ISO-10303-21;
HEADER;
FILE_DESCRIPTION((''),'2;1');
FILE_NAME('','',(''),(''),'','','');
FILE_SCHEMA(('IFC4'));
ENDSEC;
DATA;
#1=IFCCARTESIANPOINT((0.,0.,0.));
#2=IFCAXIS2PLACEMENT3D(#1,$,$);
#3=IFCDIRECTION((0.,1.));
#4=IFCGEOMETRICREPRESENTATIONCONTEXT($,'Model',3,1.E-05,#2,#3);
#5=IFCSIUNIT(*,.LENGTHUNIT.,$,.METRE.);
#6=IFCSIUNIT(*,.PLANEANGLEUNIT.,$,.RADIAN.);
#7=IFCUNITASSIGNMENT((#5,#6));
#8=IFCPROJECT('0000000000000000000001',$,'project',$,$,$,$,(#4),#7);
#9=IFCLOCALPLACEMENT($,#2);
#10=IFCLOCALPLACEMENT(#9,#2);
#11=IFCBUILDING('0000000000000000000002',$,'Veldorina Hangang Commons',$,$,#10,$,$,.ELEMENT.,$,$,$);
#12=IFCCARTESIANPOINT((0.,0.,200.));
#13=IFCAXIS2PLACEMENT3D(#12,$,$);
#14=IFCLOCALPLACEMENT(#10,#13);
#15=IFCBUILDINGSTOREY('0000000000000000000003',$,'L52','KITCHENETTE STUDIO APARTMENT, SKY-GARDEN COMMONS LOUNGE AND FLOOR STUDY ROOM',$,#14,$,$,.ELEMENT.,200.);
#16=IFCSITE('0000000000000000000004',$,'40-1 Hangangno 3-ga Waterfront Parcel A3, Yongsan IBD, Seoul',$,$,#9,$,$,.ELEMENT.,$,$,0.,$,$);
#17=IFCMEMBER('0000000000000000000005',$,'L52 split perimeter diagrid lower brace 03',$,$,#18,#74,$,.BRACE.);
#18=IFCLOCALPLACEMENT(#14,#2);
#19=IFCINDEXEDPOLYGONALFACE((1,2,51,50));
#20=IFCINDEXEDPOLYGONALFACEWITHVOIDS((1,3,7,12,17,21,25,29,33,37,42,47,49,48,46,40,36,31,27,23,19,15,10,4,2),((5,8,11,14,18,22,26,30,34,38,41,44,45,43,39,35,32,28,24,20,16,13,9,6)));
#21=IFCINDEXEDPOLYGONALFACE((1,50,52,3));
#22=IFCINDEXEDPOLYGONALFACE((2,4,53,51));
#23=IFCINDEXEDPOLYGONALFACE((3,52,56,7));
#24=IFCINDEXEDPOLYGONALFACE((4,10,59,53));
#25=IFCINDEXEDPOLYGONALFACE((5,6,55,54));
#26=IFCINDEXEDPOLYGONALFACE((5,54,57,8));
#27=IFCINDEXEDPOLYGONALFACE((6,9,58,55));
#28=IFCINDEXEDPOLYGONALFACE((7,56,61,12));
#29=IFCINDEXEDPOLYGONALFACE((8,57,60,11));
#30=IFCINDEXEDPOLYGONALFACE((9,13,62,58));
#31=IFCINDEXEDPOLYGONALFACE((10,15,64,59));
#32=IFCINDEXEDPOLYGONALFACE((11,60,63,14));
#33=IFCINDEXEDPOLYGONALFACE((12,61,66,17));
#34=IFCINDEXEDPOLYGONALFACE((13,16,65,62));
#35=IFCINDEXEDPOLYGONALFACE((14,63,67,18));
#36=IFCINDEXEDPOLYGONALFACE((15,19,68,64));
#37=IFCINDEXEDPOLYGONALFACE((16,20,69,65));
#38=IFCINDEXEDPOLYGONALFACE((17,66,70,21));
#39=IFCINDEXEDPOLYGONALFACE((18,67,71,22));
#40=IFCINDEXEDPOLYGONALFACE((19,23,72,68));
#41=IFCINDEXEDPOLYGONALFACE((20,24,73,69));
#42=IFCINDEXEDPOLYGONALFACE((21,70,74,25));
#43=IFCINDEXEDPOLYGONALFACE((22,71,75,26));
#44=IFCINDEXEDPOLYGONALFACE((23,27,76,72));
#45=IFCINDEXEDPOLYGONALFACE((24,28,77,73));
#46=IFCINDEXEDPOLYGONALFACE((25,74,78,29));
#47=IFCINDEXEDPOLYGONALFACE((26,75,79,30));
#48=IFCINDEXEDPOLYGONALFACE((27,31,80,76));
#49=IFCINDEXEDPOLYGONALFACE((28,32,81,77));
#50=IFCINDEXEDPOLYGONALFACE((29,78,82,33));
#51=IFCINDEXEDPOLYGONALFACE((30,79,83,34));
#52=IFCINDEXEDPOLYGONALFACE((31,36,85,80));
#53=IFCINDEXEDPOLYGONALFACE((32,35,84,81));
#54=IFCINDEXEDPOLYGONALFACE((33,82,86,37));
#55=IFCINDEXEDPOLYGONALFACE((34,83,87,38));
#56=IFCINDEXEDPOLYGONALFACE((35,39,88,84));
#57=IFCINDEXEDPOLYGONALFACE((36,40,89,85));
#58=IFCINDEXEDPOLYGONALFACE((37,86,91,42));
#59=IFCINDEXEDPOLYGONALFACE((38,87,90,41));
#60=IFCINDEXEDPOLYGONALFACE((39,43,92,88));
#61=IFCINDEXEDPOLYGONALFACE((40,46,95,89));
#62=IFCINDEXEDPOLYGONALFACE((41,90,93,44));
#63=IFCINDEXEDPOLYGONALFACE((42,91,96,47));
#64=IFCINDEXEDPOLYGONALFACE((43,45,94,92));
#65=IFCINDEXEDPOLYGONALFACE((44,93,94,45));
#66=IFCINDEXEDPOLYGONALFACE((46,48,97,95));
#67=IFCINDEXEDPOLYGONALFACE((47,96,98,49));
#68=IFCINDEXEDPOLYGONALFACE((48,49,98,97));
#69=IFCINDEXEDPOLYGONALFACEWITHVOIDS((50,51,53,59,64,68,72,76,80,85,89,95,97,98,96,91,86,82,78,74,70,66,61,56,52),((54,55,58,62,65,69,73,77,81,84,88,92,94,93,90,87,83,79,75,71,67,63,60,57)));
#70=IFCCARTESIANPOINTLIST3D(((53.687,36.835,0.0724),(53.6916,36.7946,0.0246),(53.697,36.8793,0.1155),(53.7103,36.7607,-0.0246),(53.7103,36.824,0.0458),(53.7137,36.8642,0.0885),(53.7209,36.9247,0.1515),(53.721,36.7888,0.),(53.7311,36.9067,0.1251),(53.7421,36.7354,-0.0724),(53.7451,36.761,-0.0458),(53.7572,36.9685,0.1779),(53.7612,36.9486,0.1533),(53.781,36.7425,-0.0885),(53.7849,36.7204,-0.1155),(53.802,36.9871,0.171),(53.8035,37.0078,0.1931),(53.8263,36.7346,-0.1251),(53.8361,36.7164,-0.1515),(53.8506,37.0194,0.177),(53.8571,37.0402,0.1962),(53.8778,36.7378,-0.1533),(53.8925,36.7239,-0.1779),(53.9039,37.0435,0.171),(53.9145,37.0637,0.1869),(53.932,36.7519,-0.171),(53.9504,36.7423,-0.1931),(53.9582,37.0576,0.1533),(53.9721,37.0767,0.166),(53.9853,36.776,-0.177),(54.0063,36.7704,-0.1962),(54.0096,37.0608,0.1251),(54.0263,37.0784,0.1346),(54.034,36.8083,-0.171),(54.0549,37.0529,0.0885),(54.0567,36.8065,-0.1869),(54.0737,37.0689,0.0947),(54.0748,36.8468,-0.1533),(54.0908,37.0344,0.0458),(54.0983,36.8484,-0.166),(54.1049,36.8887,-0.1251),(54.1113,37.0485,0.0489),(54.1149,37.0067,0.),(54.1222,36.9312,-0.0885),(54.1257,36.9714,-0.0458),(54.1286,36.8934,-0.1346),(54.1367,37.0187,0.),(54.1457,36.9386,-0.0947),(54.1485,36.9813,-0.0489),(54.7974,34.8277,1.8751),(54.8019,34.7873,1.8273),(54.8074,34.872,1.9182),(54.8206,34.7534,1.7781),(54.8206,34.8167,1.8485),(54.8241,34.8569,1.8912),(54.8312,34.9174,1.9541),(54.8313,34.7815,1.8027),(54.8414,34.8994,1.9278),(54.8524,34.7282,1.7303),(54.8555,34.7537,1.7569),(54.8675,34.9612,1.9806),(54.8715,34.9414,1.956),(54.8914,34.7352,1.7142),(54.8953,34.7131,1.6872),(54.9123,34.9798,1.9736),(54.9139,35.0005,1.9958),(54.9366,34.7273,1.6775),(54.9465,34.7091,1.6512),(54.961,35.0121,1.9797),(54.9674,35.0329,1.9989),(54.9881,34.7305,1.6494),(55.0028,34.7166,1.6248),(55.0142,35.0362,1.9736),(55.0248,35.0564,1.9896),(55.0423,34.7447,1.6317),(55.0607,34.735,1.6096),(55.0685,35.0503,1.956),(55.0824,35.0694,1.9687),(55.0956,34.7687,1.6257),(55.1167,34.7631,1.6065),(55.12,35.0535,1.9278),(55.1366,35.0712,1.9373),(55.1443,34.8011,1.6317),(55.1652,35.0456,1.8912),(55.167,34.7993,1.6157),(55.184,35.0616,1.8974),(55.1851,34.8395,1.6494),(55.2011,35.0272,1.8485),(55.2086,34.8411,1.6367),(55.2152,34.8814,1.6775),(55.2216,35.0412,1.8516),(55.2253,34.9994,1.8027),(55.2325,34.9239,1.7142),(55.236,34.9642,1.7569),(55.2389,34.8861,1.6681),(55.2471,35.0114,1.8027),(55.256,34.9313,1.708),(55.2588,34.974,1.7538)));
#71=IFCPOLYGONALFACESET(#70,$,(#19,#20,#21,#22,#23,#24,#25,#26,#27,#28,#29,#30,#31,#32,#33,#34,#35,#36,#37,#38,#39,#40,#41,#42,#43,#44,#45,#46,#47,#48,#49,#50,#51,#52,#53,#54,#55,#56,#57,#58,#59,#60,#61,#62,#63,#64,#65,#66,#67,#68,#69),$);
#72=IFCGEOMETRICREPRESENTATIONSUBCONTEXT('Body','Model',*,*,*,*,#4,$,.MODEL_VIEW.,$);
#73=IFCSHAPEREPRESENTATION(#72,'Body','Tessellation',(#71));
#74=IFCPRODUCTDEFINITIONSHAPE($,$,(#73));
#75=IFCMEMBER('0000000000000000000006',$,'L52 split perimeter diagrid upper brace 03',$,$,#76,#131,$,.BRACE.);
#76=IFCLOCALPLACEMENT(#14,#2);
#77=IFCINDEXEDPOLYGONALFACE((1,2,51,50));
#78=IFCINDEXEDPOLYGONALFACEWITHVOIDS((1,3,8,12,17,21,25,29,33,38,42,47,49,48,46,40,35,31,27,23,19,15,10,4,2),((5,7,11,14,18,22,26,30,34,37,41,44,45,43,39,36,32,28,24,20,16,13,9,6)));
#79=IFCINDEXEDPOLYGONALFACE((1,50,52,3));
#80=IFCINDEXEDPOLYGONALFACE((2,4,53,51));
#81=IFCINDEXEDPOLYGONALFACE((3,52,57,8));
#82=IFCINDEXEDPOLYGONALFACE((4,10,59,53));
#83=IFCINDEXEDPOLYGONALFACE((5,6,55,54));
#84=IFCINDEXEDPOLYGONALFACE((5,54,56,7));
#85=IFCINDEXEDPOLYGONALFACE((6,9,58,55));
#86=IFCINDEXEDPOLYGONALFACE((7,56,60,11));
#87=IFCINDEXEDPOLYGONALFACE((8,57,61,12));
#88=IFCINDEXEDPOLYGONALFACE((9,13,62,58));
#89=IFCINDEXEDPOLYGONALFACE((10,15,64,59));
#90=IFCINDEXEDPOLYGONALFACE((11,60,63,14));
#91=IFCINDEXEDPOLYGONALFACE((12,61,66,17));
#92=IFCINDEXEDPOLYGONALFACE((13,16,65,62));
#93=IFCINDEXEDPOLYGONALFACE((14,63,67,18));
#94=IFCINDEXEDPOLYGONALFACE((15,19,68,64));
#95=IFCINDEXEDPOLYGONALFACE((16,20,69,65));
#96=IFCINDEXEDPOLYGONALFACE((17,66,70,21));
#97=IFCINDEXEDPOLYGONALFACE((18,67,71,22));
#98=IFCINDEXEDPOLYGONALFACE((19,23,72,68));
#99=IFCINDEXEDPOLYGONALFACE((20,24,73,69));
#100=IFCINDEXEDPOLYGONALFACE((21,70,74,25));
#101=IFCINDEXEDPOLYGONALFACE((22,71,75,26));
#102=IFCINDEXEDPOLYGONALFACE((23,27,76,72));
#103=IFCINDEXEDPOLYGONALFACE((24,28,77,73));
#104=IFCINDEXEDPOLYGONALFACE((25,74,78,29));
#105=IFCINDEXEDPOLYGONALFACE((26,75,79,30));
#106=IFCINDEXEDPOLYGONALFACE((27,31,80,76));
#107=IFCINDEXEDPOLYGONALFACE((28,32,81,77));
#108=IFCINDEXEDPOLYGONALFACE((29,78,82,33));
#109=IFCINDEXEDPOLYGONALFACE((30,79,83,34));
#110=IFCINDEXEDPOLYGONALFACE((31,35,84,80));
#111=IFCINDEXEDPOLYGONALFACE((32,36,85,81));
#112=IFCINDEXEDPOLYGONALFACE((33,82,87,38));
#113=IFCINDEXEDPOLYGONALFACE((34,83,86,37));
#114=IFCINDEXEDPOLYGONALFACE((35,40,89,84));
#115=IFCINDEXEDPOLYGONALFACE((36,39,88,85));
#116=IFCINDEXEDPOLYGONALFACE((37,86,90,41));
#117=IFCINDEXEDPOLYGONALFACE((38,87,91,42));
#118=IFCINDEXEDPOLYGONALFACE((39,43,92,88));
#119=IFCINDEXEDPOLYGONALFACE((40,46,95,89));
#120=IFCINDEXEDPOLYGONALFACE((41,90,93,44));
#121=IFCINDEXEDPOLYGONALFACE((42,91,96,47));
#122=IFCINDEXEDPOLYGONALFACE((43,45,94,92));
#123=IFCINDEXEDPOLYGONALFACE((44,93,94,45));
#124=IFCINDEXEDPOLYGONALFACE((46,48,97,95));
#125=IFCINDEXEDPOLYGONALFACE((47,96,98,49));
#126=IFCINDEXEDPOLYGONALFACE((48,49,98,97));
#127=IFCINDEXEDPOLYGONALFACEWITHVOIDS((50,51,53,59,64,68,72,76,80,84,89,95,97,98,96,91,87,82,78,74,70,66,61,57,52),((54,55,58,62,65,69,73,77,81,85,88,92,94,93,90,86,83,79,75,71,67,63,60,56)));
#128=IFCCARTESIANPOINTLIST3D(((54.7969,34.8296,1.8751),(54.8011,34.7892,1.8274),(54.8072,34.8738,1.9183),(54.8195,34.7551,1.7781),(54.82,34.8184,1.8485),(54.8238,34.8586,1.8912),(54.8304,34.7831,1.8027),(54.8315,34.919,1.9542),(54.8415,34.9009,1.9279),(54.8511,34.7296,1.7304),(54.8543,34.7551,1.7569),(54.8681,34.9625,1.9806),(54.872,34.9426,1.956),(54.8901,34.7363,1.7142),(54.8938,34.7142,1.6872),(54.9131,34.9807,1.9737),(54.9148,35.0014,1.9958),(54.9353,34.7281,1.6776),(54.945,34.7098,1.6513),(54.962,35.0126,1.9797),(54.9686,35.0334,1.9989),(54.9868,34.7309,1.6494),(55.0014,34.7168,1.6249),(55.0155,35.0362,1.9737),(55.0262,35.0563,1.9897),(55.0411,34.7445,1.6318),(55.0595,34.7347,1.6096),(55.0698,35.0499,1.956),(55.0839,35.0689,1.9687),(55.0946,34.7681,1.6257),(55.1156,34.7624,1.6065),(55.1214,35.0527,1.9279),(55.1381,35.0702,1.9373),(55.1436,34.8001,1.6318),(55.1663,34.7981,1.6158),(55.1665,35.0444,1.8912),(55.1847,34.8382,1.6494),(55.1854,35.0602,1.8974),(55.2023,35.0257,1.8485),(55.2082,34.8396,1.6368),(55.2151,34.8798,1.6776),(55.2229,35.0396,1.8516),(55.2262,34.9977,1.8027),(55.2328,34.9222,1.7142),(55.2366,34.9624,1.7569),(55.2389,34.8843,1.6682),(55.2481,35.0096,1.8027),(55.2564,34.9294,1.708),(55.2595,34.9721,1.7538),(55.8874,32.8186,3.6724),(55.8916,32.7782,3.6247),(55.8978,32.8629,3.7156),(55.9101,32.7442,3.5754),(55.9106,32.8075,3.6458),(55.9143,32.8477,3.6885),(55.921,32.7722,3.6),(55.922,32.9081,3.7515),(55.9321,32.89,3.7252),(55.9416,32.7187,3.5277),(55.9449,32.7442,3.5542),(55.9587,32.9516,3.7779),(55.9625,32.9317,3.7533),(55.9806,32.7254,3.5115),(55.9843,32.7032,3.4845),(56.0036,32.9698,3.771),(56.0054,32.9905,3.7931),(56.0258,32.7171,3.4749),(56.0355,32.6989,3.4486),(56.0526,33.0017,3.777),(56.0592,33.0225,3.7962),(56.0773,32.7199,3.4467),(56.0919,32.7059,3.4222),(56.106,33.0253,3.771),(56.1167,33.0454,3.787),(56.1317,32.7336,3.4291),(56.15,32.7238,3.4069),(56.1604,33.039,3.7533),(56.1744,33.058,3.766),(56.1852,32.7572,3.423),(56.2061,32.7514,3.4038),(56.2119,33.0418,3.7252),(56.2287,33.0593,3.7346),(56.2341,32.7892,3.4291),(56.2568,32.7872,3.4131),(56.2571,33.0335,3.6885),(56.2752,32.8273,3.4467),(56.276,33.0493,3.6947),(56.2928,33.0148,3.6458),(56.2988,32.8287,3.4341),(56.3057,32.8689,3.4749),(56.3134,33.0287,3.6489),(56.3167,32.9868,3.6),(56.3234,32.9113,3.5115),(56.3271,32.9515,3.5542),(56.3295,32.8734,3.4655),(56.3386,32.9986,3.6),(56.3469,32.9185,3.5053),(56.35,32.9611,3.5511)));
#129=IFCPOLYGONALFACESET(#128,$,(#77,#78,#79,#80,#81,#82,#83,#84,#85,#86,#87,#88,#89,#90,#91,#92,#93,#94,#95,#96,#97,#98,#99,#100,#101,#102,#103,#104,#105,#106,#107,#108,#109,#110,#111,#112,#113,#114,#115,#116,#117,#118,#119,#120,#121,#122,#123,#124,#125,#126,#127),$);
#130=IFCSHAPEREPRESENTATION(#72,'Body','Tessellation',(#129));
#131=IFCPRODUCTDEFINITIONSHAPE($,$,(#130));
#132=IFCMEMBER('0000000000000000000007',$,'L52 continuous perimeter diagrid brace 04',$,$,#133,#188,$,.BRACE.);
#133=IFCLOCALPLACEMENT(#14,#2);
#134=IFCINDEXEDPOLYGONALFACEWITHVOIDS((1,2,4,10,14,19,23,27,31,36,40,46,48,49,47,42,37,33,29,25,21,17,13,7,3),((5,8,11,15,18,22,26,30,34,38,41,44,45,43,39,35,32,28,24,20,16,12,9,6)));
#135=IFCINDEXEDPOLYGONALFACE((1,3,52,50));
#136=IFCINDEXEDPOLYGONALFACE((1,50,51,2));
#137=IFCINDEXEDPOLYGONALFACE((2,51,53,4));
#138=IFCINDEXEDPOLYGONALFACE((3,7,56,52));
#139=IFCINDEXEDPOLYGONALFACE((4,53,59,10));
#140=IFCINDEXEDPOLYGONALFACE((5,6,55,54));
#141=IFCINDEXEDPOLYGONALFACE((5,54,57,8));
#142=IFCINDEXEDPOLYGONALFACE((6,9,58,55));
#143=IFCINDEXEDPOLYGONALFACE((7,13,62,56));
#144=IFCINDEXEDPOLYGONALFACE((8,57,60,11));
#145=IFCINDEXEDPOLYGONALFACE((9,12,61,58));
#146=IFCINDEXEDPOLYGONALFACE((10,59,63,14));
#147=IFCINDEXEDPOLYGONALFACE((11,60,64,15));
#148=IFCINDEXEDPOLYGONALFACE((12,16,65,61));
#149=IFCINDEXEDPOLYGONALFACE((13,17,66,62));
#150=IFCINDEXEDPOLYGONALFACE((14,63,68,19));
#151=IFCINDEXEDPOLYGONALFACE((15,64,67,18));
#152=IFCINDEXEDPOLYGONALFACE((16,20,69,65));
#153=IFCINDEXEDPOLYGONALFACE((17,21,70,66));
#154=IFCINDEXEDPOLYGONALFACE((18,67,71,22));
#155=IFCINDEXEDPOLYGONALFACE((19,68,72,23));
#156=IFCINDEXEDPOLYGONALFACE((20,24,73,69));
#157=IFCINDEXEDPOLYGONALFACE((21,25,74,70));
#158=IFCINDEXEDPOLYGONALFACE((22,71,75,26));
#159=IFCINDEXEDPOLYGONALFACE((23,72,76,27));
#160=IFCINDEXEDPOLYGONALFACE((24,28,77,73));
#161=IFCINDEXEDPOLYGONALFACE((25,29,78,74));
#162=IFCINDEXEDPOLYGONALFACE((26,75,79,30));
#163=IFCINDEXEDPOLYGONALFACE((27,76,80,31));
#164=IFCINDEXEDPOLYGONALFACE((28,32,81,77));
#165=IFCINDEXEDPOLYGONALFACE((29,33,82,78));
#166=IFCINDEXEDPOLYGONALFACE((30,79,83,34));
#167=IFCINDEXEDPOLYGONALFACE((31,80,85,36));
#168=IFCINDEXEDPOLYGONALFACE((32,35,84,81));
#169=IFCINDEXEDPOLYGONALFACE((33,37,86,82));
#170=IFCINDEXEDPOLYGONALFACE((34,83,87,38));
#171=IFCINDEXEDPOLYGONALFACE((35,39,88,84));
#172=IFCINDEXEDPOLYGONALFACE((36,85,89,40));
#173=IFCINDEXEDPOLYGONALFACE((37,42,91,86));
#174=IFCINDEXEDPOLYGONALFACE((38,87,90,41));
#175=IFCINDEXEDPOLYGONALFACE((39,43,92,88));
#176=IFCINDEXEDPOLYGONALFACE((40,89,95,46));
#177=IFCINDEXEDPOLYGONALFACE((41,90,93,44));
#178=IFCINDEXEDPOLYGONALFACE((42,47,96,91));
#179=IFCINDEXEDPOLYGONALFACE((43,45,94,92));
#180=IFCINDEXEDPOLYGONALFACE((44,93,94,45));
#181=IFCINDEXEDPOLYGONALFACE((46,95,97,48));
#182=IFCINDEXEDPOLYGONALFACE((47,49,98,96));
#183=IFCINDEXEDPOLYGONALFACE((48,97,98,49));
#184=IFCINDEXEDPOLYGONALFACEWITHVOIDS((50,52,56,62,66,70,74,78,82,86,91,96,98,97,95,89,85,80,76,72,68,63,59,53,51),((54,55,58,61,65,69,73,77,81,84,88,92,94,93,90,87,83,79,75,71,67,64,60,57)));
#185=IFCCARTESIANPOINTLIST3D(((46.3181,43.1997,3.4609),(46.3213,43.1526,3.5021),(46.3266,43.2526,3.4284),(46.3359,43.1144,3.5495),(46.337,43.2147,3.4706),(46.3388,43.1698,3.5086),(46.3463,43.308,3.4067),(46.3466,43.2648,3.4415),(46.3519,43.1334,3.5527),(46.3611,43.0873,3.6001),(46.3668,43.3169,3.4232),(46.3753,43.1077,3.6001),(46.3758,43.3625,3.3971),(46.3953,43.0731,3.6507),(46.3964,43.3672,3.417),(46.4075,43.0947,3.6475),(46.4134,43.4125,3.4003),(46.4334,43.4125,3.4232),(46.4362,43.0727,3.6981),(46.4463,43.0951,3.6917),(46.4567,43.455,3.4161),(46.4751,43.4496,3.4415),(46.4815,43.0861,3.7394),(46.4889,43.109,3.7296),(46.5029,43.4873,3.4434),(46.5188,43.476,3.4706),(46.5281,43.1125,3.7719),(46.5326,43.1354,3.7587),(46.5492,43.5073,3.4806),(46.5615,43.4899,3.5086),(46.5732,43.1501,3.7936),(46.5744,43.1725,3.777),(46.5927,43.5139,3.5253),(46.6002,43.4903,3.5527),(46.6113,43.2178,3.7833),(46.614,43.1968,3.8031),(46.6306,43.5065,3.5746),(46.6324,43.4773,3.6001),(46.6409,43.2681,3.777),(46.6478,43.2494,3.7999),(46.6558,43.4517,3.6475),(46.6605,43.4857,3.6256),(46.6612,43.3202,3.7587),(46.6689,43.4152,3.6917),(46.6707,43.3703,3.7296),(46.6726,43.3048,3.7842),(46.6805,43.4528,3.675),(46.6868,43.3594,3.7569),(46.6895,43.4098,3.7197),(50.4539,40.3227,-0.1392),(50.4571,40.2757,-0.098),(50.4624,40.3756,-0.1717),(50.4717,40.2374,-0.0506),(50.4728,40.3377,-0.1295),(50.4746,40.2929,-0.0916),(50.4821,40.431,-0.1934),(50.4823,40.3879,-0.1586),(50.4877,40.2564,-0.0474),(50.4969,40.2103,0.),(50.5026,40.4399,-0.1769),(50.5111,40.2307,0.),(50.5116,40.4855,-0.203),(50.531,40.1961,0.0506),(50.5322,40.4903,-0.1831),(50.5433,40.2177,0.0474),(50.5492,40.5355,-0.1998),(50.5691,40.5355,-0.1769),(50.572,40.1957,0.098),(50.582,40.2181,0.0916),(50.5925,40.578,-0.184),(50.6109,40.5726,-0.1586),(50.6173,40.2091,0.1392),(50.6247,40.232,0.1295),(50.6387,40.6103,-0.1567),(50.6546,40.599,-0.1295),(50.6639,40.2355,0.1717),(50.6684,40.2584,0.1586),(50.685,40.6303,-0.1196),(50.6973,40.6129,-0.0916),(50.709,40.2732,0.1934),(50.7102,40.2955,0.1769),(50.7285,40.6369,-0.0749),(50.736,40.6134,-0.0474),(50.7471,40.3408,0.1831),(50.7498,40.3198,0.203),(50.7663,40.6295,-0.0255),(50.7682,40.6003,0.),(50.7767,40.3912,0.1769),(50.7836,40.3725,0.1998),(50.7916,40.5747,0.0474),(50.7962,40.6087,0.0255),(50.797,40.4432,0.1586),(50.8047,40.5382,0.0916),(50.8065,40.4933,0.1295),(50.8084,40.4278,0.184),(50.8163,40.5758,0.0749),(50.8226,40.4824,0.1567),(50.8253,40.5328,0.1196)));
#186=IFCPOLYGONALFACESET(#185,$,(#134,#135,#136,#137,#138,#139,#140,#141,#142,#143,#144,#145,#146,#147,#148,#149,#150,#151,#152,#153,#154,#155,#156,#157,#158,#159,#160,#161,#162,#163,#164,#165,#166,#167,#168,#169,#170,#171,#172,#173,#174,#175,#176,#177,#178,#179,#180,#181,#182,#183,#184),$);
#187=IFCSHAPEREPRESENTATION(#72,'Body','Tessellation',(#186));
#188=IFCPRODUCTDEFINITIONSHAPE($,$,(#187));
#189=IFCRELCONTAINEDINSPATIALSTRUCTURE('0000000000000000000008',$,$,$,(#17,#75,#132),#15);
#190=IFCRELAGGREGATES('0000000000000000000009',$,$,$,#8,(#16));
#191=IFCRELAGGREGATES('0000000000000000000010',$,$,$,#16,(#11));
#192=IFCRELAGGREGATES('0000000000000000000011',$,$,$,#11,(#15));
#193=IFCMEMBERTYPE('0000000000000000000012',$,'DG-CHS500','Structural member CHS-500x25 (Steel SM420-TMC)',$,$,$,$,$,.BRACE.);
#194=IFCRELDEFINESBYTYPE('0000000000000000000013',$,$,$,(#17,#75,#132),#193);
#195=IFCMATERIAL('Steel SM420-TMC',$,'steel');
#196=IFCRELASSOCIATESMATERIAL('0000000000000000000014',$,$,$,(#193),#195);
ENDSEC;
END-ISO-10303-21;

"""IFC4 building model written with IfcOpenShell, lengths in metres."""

from ifc_helpers import new_model, si_unit, direction, frame, origin, origin_2d, place, context, subcontext, project, spatial, hollow_circle, extrude, material, material_profile, profile_set, type_object, element, save


model = new_model("IFC4")

# Units and contexts
model_context = context("Model", 3, precision=1e-05, world=origin(), true_north=direction((0.0, 1.0)))
body_context = subcontext(model_context, "Body", "Model", "MODEL_VIEW")
ifc_project = project(units=[si_unit("LENGTHUNIT", "METRE"), si_unit("PLANEANGLEUNIT", "RADIAN")], contexts=[model_context])

# Site, building, storey
site_placement = place(None, origin())
site = spatial("IfcSite", under=ifc_project, at=site_placement, Name="40-1 Hangangno 3-ga Waterfront Parcel A3, Yongsan IBD, Seoul", CompositionType="ELEMENT", RefElevation=0.0)
building_placement = place(site_placement, origin())
building = spatial("IfcBuilding", under=site, at=building_placement, Name="Veldorina Hangang Commons", CompositionType="ELEMENT")
storey_placement = place(building_placement, frame((0.0, 0.0, 200.0)))
storey = spatial("IfcBuildingStorey", under=building, at=storey_placement, Name="L52", Description="KITCHENETTE STUDIO APARTMENT, SKY-GARDEN COMMONS LOUNGE AND FLOOR STUDY ROOM", CompositionType="ELEMENT", Elevation=200.0)

# Shared definitions
ifc_material_1 = material(Name="Steel SM420-TMC", Category="steel")

# Members
ifc_material_profile_1 = material_profile(ifc_material_1, hollow_circle(Radius=0.25, WallThickness=0.0249, at=origin_2d()), Name="CHS-500x25")
ifc_profile_set_1 = profile_set([ifc_material_profile_1], Name="Steel SM420-TMC")
member_type_1 = type_object("IfcMemberType", Name="DG-CHS500", Description="Structural member CHS-500x25 (Steel SM420-TMC)", PredefinedType="BRACE", material=ifc_profile_set_1)
member_1_placement = place(storey_placement, frame((53.918, 36.8977, 0.0), z_axis=(0.380577, -0.688018, 0.617894), x_axis=(0.875049, 0.484034, 0.0)))
element("IfcMember", 1, at=member_1_placement, inside=storey, type_object=member_type_1, Name="L52 split perimeter diagrid lower brace 03", PredefinedType="BRACE", context=body_context, shape_type="SweptSolid", body=[
    extrude(hollow_circle(Radius=0.25, WallThickness=0.0249, at=origin_2d()), origin(), (0.0, 0.0, 1.0), 2.9175),
])
member_2_placement = place(storey_placement, frame((55.0283, 34.8904, 1.8027), z_axis=(0.374861, -0.691231, 0.617802), x_axis=(0.879055, 0.47672, 0.0)))
element("IfcMember", 2, at=member_2_placement, inside=storey, type_object=member_type_1, Name="L52 split perimeter diagrid upper brace 03", PredefinedType="BRACE", context=body_context, shape_type="SweptSolid", body=[
    extrude(hollow_circle(Radius=0.25, WallThickness=0.0249, at=origin_2d()), origin(), (0.0, 0.0, 1.0), 2.9092),
])
member_3_placement = place(storey_placement, frame((50.6396, 40.4155, 0.0), z_axis=(-0.667908, 0.464618, 0.581403), x_axis=(-0.571053, -0.820913, 0.0)))
element("IfcMember", 3, at=member_3_placement, inside=storey, type_object=member_type_1, Name="L52 continuous perimeter diagrid brace 04", PredefinedType="BRACE", context=body_context, shape_type="SweptSolid", body=[
    extrude(hollow_circle(Radius=0.25, WallThickness=0.0249, at=origin_2d()), origin(), (0.0, 0.0, 1.0), 6.1921),
])

save(model, "model.ifc")
